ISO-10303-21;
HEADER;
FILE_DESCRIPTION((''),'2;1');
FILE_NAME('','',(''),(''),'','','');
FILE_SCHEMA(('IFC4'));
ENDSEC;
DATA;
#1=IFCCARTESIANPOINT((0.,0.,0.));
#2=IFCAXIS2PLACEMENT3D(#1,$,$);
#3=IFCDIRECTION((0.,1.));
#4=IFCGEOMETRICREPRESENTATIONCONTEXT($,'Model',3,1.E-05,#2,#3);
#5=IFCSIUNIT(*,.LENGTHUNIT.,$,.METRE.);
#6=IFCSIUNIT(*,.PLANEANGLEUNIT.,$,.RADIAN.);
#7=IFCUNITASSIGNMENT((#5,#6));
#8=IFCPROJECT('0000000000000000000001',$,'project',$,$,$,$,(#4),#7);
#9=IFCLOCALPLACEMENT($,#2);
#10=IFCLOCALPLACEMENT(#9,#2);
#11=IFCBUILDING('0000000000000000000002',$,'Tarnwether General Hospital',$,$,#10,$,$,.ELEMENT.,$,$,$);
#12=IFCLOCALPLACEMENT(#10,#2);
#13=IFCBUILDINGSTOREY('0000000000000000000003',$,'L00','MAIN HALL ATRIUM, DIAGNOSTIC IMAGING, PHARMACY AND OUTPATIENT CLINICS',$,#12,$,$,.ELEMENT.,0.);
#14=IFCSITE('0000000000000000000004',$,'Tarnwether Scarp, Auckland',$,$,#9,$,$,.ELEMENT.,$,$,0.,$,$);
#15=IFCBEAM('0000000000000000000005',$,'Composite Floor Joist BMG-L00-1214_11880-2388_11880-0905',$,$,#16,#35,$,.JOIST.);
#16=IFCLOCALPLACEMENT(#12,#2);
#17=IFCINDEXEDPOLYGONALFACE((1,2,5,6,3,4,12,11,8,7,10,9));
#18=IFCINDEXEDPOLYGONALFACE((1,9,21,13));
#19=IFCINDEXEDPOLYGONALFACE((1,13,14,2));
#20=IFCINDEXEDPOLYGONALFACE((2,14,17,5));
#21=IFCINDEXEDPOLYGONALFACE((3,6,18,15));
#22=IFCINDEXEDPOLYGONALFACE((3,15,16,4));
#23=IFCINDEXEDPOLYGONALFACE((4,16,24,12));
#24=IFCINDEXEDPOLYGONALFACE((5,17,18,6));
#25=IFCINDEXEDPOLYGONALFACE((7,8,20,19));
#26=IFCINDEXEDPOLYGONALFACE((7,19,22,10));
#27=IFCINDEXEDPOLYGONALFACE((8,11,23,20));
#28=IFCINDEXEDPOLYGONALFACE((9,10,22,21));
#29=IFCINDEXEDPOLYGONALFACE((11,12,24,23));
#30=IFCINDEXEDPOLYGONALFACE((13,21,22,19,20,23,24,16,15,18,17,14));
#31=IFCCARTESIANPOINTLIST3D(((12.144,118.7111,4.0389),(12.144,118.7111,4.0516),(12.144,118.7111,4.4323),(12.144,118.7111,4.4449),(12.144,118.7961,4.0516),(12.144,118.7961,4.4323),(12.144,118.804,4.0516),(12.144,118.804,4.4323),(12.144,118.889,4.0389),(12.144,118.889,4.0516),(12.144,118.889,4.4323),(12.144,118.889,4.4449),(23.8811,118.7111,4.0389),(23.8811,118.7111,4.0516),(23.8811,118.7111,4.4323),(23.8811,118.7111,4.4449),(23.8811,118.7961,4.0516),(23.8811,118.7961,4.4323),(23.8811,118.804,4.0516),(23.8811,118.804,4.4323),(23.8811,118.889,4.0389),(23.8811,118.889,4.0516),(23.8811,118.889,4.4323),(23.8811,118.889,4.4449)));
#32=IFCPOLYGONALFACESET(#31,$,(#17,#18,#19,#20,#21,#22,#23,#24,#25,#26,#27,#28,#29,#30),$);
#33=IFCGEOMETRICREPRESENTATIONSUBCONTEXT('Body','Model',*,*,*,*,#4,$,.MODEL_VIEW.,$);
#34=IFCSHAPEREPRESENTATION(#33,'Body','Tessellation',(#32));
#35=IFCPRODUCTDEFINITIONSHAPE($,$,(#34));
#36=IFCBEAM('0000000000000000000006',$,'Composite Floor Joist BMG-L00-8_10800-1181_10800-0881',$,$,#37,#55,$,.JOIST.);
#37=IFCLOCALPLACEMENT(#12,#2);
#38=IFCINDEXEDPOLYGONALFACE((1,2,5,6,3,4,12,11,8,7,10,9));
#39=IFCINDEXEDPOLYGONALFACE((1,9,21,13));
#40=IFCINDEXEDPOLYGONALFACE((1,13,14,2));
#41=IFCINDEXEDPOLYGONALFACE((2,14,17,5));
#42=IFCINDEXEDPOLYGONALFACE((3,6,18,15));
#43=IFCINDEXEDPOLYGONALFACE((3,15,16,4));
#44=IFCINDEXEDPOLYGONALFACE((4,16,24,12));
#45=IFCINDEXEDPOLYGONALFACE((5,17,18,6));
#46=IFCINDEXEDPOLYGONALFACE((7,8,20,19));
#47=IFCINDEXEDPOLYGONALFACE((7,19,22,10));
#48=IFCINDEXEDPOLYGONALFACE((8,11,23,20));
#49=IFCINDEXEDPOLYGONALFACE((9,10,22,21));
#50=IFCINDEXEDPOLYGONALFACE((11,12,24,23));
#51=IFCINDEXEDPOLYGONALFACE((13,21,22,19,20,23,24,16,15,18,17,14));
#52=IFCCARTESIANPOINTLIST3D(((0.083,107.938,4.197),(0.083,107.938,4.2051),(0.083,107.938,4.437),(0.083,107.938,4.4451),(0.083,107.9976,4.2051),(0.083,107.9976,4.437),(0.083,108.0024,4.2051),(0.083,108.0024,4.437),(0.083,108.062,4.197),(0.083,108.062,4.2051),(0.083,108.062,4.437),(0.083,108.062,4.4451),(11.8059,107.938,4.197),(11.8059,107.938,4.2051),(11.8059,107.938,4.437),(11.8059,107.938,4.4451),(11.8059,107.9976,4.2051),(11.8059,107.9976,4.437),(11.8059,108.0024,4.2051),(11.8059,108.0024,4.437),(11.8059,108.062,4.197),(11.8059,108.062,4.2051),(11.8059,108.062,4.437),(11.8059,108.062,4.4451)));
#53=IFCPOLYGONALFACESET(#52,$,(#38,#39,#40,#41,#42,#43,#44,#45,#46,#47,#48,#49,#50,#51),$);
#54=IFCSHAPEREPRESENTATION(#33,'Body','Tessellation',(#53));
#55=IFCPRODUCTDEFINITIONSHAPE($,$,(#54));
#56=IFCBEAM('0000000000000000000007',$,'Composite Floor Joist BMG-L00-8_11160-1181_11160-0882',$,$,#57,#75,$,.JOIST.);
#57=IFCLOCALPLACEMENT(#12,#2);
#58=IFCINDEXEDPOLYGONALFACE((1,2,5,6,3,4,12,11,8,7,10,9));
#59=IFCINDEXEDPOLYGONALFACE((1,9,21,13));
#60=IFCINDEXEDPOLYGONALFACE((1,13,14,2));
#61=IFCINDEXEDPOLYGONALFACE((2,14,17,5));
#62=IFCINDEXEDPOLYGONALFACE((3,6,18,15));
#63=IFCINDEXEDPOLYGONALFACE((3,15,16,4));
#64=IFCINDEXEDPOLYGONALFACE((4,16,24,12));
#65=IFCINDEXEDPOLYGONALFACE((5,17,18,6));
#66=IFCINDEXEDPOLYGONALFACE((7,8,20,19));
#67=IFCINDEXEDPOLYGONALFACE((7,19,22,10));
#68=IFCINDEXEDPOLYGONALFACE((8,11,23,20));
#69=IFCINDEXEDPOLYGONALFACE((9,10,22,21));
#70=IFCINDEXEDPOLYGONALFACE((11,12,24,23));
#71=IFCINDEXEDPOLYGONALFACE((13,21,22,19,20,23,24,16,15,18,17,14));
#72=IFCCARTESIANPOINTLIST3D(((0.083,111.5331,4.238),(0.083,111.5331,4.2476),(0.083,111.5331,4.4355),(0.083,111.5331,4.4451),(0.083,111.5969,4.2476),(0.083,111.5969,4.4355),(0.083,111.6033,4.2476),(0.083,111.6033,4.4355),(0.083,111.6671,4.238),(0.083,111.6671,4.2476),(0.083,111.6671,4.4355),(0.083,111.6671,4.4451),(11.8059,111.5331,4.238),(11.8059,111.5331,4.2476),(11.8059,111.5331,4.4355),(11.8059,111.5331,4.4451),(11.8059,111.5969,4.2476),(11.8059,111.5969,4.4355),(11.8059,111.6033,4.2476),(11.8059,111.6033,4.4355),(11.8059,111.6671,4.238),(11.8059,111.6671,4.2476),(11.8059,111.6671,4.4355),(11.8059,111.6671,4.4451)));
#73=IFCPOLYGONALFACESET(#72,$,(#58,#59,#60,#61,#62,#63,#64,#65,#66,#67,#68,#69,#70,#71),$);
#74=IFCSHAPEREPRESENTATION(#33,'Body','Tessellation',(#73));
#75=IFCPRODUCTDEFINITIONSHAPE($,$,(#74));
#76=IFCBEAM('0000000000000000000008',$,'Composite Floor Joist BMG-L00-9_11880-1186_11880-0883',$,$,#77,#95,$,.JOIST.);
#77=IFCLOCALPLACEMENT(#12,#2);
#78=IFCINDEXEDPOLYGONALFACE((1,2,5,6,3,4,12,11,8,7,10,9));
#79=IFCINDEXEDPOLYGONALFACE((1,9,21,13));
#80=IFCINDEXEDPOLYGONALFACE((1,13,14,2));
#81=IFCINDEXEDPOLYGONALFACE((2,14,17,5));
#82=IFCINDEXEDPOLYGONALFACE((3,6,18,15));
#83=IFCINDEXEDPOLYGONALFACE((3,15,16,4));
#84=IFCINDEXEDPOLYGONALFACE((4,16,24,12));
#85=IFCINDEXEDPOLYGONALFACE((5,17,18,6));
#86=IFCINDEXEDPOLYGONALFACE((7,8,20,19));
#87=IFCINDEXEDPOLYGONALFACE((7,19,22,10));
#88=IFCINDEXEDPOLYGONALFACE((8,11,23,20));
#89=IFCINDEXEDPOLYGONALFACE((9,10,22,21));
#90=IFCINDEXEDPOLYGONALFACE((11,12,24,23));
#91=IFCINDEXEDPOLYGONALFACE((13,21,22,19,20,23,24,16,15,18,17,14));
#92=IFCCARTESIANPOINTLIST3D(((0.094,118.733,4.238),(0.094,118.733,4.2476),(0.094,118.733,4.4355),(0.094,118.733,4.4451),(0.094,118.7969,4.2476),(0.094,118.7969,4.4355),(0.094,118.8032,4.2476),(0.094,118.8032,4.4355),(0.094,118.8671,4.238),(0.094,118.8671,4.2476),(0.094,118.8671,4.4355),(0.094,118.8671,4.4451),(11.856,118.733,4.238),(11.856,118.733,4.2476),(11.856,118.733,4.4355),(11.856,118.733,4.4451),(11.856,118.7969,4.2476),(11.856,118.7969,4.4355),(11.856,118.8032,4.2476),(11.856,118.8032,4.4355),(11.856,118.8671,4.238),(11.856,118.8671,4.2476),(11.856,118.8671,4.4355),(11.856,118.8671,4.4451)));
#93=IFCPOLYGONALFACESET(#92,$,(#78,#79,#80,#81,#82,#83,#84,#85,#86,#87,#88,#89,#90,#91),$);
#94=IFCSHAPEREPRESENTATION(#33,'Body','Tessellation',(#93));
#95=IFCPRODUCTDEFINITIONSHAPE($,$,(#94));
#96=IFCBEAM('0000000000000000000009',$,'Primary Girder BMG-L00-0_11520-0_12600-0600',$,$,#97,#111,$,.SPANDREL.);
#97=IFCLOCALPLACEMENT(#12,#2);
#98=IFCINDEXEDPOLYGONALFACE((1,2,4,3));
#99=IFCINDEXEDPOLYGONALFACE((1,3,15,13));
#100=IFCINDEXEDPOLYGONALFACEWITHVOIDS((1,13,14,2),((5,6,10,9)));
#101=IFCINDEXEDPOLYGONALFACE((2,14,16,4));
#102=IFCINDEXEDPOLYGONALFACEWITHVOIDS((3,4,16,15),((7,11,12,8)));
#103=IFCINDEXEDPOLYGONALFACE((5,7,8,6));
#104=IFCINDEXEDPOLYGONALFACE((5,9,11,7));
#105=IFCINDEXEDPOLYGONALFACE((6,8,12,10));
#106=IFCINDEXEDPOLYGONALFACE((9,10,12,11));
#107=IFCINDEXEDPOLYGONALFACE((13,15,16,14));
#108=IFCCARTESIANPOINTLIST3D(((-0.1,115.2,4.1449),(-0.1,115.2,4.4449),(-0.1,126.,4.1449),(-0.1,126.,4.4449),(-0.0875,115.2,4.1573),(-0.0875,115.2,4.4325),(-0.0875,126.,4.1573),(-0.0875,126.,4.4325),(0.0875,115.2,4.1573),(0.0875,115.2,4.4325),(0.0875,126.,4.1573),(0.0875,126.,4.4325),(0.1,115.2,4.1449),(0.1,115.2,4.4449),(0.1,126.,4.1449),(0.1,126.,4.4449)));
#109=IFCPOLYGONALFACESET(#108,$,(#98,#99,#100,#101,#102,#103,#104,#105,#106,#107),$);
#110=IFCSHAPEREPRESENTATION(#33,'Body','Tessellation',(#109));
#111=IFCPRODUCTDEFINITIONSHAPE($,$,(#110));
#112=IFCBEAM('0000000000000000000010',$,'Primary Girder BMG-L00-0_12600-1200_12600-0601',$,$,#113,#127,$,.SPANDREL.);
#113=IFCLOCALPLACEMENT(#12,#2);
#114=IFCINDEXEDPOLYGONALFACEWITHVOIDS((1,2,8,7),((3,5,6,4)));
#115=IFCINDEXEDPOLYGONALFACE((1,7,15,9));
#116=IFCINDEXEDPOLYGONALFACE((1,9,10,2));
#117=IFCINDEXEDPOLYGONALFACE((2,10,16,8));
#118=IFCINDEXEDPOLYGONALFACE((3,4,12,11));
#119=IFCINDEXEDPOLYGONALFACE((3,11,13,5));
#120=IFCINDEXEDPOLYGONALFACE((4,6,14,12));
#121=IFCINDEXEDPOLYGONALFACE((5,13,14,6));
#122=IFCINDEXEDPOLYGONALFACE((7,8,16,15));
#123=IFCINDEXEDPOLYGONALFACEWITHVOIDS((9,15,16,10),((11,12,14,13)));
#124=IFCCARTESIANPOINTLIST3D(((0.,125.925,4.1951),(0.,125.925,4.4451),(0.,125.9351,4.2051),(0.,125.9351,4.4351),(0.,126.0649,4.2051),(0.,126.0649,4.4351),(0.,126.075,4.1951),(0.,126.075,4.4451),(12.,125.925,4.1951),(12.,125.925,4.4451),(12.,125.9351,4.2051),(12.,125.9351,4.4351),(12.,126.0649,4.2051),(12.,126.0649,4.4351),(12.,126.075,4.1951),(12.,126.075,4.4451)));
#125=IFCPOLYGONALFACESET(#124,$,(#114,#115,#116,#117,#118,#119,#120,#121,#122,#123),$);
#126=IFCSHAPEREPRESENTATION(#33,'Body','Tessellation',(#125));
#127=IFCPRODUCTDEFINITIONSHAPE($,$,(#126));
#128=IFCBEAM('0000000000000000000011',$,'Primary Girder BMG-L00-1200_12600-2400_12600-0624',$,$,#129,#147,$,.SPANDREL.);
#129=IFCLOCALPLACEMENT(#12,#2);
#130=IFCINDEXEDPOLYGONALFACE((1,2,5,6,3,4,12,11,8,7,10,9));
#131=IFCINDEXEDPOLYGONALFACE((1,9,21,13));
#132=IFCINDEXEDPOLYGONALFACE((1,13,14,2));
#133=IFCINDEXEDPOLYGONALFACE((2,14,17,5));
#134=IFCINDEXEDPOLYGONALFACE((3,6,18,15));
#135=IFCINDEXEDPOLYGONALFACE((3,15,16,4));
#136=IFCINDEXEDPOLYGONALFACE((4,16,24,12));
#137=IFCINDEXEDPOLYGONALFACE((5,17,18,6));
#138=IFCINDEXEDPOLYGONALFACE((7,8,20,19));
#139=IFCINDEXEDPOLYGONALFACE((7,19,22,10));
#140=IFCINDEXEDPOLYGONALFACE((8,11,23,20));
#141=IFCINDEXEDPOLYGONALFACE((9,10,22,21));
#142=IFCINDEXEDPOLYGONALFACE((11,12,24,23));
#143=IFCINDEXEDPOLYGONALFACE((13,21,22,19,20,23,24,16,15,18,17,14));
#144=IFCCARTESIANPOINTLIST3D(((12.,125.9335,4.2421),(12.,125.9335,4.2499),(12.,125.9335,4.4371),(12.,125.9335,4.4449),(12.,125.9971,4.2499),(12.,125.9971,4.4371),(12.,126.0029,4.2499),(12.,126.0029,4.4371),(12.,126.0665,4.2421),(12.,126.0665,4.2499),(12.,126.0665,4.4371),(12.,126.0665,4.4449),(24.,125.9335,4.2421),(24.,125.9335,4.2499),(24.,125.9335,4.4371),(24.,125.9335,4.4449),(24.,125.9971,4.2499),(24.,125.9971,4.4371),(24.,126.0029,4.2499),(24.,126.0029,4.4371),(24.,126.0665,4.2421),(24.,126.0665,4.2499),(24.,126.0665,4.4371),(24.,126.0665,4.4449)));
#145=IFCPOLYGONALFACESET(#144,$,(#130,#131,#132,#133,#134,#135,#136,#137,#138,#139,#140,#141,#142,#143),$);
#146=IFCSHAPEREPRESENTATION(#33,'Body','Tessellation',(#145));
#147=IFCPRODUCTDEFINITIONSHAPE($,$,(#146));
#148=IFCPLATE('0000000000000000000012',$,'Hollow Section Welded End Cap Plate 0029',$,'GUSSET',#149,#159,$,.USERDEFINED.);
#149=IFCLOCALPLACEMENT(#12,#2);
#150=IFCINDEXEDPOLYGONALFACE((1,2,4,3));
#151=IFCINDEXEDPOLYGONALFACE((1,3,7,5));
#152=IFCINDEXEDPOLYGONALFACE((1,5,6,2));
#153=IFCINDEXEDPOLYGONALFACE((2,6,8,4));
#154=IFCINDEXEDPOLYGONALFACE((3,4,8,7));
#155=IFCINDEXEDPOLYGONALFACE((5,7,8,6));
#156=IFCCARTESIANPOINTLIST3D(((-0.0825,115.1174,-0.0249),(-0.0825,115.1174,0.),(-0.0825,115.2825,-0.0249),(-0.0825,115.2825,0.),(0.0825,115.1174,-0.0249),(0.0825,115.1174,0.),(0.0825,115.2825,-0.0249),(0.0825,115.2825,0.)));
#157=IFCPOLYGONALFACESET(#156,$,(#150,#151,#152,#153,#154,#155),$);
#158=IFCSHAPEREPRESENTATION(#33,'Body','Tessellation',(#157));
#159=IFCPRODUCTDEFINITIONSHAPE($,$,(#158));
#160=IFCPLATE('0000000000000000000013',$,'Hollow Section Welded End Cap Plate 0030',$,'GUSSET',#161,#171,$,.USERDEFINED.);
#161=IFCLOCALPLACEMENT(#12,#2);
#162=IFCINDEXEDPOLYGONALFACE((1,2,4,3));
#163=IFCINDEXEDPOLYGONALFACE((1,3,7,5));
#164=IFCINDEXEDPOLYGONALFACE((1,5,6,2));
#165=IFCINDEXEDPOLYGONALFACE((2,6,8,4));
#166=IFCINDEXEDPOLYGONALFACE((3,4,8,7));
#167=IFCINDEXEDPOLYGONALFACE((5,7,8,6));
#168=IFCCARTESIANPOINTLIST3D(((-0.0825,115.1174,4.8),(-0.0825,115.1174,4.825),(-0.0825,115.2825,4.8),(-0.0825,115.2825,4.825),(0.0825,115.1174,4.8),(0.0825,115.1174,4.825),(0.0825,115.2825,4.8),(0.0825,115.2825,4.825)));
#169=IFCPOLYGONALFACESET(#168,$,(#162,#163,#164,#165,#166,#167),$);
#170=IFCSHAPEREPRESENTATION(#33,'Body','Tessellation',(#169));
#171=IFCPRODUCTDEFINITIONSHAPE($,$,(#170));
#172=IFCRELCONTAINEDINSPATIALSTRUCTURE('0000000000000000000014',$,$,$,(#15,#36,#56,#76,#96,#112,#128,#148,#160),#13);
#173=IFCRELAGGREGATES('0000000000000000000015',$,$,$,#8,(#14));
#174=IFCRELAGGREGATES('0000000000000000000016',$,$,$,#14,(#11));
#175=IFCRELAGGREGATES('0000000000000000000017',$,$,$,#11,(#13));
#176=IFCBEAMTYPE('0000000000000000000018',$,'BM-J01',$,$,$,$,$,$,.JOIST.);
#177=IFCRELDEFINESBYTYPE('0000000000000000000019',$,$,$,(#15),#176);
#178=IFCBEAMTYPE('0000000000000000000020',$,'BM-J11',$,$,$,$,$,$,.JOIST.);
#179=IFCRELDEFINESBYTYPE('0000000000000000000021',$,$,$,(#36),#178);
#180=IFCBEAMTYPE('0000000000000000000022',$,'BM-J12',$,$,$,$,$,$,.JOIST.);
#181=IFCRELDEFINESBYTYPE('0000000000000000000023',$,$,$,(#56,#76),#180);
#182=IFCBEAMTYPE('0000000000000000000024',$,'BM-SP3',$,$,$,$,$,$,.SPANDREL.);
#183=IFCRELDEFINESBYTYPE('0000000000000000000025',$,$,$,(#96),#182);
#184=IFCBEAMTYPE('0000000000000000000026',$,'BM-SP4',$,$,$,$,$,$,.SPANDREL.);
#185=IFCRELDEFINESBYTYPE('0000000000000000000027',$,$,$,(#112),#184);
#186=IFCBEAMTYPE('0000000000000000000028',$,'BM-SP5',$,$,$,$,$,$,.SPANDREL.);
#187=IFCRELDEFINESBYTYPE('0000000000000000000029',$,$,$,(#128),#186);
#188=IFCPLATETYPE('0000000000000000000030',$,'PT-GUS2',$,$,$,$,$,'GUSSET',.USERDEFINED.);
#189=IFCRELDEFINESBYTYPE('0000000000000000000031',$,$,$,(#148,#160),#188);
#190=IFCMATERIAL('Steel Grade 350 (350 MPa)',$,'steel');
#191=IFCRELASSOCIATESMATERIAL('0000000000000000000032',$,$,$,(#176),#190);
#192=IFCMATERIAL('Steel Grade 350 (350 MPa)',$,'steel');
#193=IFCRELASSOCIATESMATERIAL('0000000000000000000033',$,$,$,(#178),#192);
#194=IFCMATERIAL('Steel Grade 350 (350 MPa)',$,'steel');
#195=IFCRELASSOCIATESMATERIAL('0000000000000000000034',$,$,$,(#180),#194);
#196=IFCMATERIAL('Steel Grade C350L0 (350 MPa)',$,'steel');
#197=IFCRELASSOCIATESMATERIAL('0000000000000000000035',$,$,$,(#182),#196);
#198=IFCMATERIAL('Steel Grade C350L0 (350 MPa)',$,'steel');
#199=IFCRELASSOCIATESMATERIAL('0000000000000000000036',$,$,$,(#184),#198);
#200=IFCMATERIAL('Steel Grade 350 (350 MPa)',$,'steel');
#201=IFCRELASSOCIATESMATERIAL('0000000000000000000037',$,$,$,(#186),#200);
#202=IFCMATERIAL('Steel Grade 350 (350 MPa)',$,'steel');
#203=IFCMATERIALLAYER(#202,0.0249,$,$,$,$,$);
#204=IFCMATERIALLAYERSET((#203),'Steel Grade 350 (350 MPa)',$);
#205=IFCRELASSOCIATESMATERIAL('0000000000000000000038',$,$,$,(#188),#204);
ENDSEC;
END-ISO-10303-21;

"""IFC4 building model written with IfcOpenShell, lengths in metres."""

from ifc_helpers import new_model, si_unit, direction, frame, origin, origin_2d, place, context, subcontext, project, spatial, rectangle, hollow_rectangle, i_section, extrude, material, layer, layer_set, material_profile, profile_set, type_object, element, save


model = new_model("IFC4")

# Units and contexts
model_context = context("Model", 3, precision=1e-05, world=origin(), true_north=direction((0.0, 1.0)))
body_context = subcontext(model_context, "Body", "Model", "MODEL_VIEW")
ifc_project = project(units=[si_unit("LENGTHUNIT", "METRE"), si_unit("PLANEANGLEUNIT", "RADIAN")], contexts=[model_context])

# Site, building, storey
site_placement = place(None, origin())
site = spatial("IfcSite", under=ifc_project, at=site_placement, Name="Tarnwether Scarp, Auckland", CompositionType="ELEMENT", RefElevation=0.0)
building_placement = place(site_placement, origin())
building = spatial("IfcBuilding", under=site, at=building_placement, Name="Tarnwether General Hospital", CompositionType="ELEMENT")
storey_placement = place(building_placement, origin())
storey = spatial("IfcBuildingStorey", under=building, at=storey_placement, Name="L00", Description="MAIN HALL ATRIUM, DIAGNOSTIC IMAGING, PHARMACY AND OUTPATIENT CLINICS", CompositionType="ELEMENT", Elevation=0.0)

# Beams
ifc_material_1 = material(Name="Steel Grade 350 (350 MPa)", Category="steel")
ifc_material_profile_1 = material_profile(ifc_material_1, i_section(OverallWidth=0.178, OverallDepth=0.406, WebThickness=0.0078, FlangeThickness=0.0127, at=origin_2d()), Name="410UB59.7")
ifc_profile_set_1 = profile_set([ifc_material_profile_1], Name="Steel Grade 350 (350 MPa)")
beam_type_1 = type_object("IfcBeamType", Name="BM-J01", PredefinedType="JOIST", material=ifc_profile_set_1)
beam_1_placement = place(storey_placement, frame((12.144, 118.8, 4.2419), z_axis=(1.0, 0.0, 0.0), x_axis=(0.0, 1.0, 0.0)))
element("IfcBeam", 1, at=beam_1_placement, inside=storey, type_object=beam_type_1, Name="Composite Floor Joist BMG-L00-1214_11880-2388_11880-0905", PredefinedType="JOIST", context=body_context, shape_type="SweptSolid", body=[
    extrude(i_section(OverallWidth=0.178, OverallDepth=0.406, WebThickness=0.0078, FlangeThickness=0.0127, at=origin_2d()), origin(), (0.0, 0.0, 1.0), 11.7371),
])
ifc_material_2 = material(Name="Steel Grade 350 (350 MPa)", Category="steel")
ifc_material_profile_2 = material_profile(ifc_material_2, i_section(OverallWidth=0.124, OverallDepth=0.248, WebThickness=0.0049, FlangeThickness=0.0081, at=origin_2d()), Name="250UB25.7")
ifc_profile_set_2 = profile_set([ifc_material_profile_2], Name="Steel Grade 350 (350 MPa)")
beam_type_2 = type_object("IfcBeamType", Name="BM-J11", PredefinedType="JOIST", material=ifc_profile_set_2)
beam_2_placement = place(storey_placement, frame((0.083, 108.0, 4.321), z_axis=(1.0, 0.0, 0.0), x_axis=(0.0, 1.0, 0.0)))
element("IfcBeam", 2, at=beam_2_placement, inside=storey, type_object=beam_type_2, Name="Composite Floor Joist BMG-L00-8_10800-1181_10800-0881", PredefinedType="JOIST", context=body_context, shape_type="SweptSolid", body=[
    extrude(i_section(OverallWidth=0.124, OverallDepth=0.248, WebThickness=0.0049, FlangeThickness=0.0081, at=origin_2d()), origin(), (0.0, 0.0, 1.0), 11.7229),
])
ifc_material_3 = material(Name="Steel Grade 350 (350 MPa)", Category="steel")
ifc_material_profile_3 = material_profile(ifc_material_3, i_section(OverallWidth=0.134, OverallDepth=0.207, WebThickness=0.0063, FlangeThickness=0.0095, at=origin_2d()), Name="200UB29.8")
ifc_profile_set_3 = profile_set([ifc_material_profile_3], Name="Steel Grade 350 (350 MPa)")
beam_type_3 = type_object("IfcBeamType", Name="BM-J12", PredefinedType="JOIST", material=ifc_profile_set_3)
beam_3_placement = place(storey_placement, frame((0.083, 111.6001, 4.3416), z_axis=(1.0, 0.0, 0.0), x_axis=(0.0, 1.0, 0.0)))
element("IfcBeam", 3, at=beam_3_placement, inside=storey, type_object=beam_type_3, Name="Composite Floor Joist BMG-L00-8_11160-1181_11160-0882", PredefinedType="JOIST", context=body_context, shape_type="SweptSolid", body=[
    extrude(i_section(OverallWidth=0.134, OverallDepth=0.207, WebThickness=0.0063, FlangeThickness=0.0095, at=origin_2d()), origin(), (0.0, 0.0, 1.0), 11.7229),
])
beam_4_placement = place(storey_placement, frame((0.094, 118.8, 4.3416), z_axis=(1.0, 0.0, 0.0), x_axis=(0.0, 1.0, 0.0)))
element("IfcBeam", 4, at=beam_4_placement, inside=storey, type_object=beam_type_3, Name="Composite Floor Joist BMG-L00-9_11880-1186_11880-0883", PredefinedType="JOIST", context=body_context, shape_type="SweptSolid", body=[
    extrude(i_section(OverallWidth=0.134, OverallDepth=0.207, WebThickness=0.0063, FlangeThickness=0.0095, at=origin_2d()), origin(), (0.0, 0.0, 1.0), 11.762),
])
ifc_material_4 = material(Name="Steel Grade C350L0 (350 MPa)", Category="steel")
ifc_material_profile_4 = material_profile(ifc_material_4, hollow_rectangle(XDim=0.2, YDim=0.3, WallThickness=0.0125, at=origin_2d()), Name="RHS300x200x12.5")
ifc_profile_set_4 = profile_set([ifc_material_profile_4], Name="Steel Grade C350L0 (350 MPa)")
beam_type_4 = type_object("IfcBeamType", Name="BM-SP3", PredefinedType="SPANDREL", material=ifc_profile_set_4)
beam_5_placement = place(storey_placement, frame((0.0, 115.2, 4.2949), z_axis=(0.0, 1.0, 0.0), x_axis=(-1.0, 0.0, 0.0)))
element("IfcBeam", 5, at=beam_5_placement, inside=storey, type_object=beam_type_4, Name="Primary Girder BMG-L00-0_11520-0_12600-0600", PredefinedType="SPANDREL", context=body_context, shape_type="SweptSolid", body=[
    extrude(hollow_rectangle(XDim=0.2, YDim=0.3, WallThickness=0.0125, at=origin_2d()), origin(), (0.0, 0.0, 1.0), 10.8),
])
ifc_material_5 = material(Name="Steel Grade C350L0 (350 MPa)", Category="steel")
ifc_material_profile_5 = material_profile(ifc_material_5, hollow_rectangle(XDim=0.1499, YDim=0.25, WallThickness=0.01, at=origin_2d()), Name="RHS250x150x10")
ifc_profile_set_5 = profile_set([ifc_material_profile_5], Name="Steel Grade C350L0 (350 MPa)")
beam_type_5 = type_object("IfcBeamType", Name="BM-SP4", PredefinedType="SPANDREL", material=ifc_profile_set_5)
beam_6_placement = place(storey_placement, frame((0.0, 126.0, 4.3201), z_axis=(1.0, 0.0, 0.0), x_axis=(0.0, 1.0, 0.0)))
element("IfcBeam", 6, at=beam_6_placement, inside=storey, type_object=beam_type_5, Name="Primary Girder BMG-L00-0_12600-1200_12600-0601", PredefinedType="SPANDREL", context=body_context, shape_type="SweptSolid", body=[
    extrude(hollow_rectangle(XDim=0.1499, YDim=0.25, WallThickness=0.01, at=origin_2d()), origin(), (0.0, 0.0, 1.0), 12.0),
])
ifc_material_6 = material(Name="Steel Grade 350 (350 MPa)", Category="steel")
ifc_material_profile_6 = material_profile(ifc_material_6, i_section(OverallWidth=0.1331, OverallDepth=0.2029, WebThickness=0.0059, FlangeThickness=0.0078, at=origin_2d()), Name="200UB25.4")
ifc_profile_set_6 = profile_set([ifc_material_profile_6], Name="Steel Grade 350 (350 MPa)")
beam_type_6 = type_object("IfcBeamType", Name="BM-SP5", PredefinedType="SPANDREL", material=ifc_profile_set_6)
beam_7_placement = place(storey_placement, frame((12.0, 126.0, 4.3435), z_axis=(1.0, 0.0, 0.0), x_axis=(0.0, 1.0, 0.0)))
element("IfcBeam", 7, at=beam_7_placement, inside=storey, type_object=beam_type_6, Name="Primary Girder BMG-L00-1200_12600-2400_12600-0624", PredefinedType="SPANDREL", context=body_context, shape_type="SweptSolid", body=[
    extrude(i_section(OverallWidth=0.1331, OverallDepth=0.2029, WebThickness=0.0059, FlangeThickness=0.0078, at=origin_2d()), origin(), (0.0, 0.0, 1.0), 12.0),
])

# Plates
ifc_material_7 = material(Name="Steel Grade 350 (350 MPa)", Category="steel")
ifc_layer_1 = layer(ifc_material_7, 0.0249)
ifc_layer_set_1 = layer_set([ifc_layer_1], Name="Steel Grade 350 (350 MPa)")
plate_type = type_object("IfcPlateType", Name="PT-GUS2", ElementType="GUSSET", PredefinedType="USERDEFINED", material=ifc_layer_set_1)
for number, where, z_axis, x_axis, name in (
    (8, (0.0, 115.2, -0.0249), (0.0, 0.0, 1.0), (1.0, 0.0, 0.0), "Hollow Section Welded End Cap Plate 0029"),
    (9, (0.0, 115.2, 4.8), (0.0, 0.0, 1.0), (1.0, 0.0, 0.0), "Hollow Section Welded End Cap Plate 0030"),
):
    element("IfcPlate", number, at=place(storey_placement, frame(where, z_axis=z_axis, x_axis=x_axis)), inside=storey, type_object=plate_type, Name=name, ObjectType="GUSSET", PredefinedType="USERDEFINED", context=body_context, shape_type="SweptSolid", body=[
        extrude(rectangle(XDim=0.165, YDim=0.165, at=origin_2d()), origin(), (0.0, 0.0, 1.0), 0.0249),
    ])

save(model, "model.ifc")
